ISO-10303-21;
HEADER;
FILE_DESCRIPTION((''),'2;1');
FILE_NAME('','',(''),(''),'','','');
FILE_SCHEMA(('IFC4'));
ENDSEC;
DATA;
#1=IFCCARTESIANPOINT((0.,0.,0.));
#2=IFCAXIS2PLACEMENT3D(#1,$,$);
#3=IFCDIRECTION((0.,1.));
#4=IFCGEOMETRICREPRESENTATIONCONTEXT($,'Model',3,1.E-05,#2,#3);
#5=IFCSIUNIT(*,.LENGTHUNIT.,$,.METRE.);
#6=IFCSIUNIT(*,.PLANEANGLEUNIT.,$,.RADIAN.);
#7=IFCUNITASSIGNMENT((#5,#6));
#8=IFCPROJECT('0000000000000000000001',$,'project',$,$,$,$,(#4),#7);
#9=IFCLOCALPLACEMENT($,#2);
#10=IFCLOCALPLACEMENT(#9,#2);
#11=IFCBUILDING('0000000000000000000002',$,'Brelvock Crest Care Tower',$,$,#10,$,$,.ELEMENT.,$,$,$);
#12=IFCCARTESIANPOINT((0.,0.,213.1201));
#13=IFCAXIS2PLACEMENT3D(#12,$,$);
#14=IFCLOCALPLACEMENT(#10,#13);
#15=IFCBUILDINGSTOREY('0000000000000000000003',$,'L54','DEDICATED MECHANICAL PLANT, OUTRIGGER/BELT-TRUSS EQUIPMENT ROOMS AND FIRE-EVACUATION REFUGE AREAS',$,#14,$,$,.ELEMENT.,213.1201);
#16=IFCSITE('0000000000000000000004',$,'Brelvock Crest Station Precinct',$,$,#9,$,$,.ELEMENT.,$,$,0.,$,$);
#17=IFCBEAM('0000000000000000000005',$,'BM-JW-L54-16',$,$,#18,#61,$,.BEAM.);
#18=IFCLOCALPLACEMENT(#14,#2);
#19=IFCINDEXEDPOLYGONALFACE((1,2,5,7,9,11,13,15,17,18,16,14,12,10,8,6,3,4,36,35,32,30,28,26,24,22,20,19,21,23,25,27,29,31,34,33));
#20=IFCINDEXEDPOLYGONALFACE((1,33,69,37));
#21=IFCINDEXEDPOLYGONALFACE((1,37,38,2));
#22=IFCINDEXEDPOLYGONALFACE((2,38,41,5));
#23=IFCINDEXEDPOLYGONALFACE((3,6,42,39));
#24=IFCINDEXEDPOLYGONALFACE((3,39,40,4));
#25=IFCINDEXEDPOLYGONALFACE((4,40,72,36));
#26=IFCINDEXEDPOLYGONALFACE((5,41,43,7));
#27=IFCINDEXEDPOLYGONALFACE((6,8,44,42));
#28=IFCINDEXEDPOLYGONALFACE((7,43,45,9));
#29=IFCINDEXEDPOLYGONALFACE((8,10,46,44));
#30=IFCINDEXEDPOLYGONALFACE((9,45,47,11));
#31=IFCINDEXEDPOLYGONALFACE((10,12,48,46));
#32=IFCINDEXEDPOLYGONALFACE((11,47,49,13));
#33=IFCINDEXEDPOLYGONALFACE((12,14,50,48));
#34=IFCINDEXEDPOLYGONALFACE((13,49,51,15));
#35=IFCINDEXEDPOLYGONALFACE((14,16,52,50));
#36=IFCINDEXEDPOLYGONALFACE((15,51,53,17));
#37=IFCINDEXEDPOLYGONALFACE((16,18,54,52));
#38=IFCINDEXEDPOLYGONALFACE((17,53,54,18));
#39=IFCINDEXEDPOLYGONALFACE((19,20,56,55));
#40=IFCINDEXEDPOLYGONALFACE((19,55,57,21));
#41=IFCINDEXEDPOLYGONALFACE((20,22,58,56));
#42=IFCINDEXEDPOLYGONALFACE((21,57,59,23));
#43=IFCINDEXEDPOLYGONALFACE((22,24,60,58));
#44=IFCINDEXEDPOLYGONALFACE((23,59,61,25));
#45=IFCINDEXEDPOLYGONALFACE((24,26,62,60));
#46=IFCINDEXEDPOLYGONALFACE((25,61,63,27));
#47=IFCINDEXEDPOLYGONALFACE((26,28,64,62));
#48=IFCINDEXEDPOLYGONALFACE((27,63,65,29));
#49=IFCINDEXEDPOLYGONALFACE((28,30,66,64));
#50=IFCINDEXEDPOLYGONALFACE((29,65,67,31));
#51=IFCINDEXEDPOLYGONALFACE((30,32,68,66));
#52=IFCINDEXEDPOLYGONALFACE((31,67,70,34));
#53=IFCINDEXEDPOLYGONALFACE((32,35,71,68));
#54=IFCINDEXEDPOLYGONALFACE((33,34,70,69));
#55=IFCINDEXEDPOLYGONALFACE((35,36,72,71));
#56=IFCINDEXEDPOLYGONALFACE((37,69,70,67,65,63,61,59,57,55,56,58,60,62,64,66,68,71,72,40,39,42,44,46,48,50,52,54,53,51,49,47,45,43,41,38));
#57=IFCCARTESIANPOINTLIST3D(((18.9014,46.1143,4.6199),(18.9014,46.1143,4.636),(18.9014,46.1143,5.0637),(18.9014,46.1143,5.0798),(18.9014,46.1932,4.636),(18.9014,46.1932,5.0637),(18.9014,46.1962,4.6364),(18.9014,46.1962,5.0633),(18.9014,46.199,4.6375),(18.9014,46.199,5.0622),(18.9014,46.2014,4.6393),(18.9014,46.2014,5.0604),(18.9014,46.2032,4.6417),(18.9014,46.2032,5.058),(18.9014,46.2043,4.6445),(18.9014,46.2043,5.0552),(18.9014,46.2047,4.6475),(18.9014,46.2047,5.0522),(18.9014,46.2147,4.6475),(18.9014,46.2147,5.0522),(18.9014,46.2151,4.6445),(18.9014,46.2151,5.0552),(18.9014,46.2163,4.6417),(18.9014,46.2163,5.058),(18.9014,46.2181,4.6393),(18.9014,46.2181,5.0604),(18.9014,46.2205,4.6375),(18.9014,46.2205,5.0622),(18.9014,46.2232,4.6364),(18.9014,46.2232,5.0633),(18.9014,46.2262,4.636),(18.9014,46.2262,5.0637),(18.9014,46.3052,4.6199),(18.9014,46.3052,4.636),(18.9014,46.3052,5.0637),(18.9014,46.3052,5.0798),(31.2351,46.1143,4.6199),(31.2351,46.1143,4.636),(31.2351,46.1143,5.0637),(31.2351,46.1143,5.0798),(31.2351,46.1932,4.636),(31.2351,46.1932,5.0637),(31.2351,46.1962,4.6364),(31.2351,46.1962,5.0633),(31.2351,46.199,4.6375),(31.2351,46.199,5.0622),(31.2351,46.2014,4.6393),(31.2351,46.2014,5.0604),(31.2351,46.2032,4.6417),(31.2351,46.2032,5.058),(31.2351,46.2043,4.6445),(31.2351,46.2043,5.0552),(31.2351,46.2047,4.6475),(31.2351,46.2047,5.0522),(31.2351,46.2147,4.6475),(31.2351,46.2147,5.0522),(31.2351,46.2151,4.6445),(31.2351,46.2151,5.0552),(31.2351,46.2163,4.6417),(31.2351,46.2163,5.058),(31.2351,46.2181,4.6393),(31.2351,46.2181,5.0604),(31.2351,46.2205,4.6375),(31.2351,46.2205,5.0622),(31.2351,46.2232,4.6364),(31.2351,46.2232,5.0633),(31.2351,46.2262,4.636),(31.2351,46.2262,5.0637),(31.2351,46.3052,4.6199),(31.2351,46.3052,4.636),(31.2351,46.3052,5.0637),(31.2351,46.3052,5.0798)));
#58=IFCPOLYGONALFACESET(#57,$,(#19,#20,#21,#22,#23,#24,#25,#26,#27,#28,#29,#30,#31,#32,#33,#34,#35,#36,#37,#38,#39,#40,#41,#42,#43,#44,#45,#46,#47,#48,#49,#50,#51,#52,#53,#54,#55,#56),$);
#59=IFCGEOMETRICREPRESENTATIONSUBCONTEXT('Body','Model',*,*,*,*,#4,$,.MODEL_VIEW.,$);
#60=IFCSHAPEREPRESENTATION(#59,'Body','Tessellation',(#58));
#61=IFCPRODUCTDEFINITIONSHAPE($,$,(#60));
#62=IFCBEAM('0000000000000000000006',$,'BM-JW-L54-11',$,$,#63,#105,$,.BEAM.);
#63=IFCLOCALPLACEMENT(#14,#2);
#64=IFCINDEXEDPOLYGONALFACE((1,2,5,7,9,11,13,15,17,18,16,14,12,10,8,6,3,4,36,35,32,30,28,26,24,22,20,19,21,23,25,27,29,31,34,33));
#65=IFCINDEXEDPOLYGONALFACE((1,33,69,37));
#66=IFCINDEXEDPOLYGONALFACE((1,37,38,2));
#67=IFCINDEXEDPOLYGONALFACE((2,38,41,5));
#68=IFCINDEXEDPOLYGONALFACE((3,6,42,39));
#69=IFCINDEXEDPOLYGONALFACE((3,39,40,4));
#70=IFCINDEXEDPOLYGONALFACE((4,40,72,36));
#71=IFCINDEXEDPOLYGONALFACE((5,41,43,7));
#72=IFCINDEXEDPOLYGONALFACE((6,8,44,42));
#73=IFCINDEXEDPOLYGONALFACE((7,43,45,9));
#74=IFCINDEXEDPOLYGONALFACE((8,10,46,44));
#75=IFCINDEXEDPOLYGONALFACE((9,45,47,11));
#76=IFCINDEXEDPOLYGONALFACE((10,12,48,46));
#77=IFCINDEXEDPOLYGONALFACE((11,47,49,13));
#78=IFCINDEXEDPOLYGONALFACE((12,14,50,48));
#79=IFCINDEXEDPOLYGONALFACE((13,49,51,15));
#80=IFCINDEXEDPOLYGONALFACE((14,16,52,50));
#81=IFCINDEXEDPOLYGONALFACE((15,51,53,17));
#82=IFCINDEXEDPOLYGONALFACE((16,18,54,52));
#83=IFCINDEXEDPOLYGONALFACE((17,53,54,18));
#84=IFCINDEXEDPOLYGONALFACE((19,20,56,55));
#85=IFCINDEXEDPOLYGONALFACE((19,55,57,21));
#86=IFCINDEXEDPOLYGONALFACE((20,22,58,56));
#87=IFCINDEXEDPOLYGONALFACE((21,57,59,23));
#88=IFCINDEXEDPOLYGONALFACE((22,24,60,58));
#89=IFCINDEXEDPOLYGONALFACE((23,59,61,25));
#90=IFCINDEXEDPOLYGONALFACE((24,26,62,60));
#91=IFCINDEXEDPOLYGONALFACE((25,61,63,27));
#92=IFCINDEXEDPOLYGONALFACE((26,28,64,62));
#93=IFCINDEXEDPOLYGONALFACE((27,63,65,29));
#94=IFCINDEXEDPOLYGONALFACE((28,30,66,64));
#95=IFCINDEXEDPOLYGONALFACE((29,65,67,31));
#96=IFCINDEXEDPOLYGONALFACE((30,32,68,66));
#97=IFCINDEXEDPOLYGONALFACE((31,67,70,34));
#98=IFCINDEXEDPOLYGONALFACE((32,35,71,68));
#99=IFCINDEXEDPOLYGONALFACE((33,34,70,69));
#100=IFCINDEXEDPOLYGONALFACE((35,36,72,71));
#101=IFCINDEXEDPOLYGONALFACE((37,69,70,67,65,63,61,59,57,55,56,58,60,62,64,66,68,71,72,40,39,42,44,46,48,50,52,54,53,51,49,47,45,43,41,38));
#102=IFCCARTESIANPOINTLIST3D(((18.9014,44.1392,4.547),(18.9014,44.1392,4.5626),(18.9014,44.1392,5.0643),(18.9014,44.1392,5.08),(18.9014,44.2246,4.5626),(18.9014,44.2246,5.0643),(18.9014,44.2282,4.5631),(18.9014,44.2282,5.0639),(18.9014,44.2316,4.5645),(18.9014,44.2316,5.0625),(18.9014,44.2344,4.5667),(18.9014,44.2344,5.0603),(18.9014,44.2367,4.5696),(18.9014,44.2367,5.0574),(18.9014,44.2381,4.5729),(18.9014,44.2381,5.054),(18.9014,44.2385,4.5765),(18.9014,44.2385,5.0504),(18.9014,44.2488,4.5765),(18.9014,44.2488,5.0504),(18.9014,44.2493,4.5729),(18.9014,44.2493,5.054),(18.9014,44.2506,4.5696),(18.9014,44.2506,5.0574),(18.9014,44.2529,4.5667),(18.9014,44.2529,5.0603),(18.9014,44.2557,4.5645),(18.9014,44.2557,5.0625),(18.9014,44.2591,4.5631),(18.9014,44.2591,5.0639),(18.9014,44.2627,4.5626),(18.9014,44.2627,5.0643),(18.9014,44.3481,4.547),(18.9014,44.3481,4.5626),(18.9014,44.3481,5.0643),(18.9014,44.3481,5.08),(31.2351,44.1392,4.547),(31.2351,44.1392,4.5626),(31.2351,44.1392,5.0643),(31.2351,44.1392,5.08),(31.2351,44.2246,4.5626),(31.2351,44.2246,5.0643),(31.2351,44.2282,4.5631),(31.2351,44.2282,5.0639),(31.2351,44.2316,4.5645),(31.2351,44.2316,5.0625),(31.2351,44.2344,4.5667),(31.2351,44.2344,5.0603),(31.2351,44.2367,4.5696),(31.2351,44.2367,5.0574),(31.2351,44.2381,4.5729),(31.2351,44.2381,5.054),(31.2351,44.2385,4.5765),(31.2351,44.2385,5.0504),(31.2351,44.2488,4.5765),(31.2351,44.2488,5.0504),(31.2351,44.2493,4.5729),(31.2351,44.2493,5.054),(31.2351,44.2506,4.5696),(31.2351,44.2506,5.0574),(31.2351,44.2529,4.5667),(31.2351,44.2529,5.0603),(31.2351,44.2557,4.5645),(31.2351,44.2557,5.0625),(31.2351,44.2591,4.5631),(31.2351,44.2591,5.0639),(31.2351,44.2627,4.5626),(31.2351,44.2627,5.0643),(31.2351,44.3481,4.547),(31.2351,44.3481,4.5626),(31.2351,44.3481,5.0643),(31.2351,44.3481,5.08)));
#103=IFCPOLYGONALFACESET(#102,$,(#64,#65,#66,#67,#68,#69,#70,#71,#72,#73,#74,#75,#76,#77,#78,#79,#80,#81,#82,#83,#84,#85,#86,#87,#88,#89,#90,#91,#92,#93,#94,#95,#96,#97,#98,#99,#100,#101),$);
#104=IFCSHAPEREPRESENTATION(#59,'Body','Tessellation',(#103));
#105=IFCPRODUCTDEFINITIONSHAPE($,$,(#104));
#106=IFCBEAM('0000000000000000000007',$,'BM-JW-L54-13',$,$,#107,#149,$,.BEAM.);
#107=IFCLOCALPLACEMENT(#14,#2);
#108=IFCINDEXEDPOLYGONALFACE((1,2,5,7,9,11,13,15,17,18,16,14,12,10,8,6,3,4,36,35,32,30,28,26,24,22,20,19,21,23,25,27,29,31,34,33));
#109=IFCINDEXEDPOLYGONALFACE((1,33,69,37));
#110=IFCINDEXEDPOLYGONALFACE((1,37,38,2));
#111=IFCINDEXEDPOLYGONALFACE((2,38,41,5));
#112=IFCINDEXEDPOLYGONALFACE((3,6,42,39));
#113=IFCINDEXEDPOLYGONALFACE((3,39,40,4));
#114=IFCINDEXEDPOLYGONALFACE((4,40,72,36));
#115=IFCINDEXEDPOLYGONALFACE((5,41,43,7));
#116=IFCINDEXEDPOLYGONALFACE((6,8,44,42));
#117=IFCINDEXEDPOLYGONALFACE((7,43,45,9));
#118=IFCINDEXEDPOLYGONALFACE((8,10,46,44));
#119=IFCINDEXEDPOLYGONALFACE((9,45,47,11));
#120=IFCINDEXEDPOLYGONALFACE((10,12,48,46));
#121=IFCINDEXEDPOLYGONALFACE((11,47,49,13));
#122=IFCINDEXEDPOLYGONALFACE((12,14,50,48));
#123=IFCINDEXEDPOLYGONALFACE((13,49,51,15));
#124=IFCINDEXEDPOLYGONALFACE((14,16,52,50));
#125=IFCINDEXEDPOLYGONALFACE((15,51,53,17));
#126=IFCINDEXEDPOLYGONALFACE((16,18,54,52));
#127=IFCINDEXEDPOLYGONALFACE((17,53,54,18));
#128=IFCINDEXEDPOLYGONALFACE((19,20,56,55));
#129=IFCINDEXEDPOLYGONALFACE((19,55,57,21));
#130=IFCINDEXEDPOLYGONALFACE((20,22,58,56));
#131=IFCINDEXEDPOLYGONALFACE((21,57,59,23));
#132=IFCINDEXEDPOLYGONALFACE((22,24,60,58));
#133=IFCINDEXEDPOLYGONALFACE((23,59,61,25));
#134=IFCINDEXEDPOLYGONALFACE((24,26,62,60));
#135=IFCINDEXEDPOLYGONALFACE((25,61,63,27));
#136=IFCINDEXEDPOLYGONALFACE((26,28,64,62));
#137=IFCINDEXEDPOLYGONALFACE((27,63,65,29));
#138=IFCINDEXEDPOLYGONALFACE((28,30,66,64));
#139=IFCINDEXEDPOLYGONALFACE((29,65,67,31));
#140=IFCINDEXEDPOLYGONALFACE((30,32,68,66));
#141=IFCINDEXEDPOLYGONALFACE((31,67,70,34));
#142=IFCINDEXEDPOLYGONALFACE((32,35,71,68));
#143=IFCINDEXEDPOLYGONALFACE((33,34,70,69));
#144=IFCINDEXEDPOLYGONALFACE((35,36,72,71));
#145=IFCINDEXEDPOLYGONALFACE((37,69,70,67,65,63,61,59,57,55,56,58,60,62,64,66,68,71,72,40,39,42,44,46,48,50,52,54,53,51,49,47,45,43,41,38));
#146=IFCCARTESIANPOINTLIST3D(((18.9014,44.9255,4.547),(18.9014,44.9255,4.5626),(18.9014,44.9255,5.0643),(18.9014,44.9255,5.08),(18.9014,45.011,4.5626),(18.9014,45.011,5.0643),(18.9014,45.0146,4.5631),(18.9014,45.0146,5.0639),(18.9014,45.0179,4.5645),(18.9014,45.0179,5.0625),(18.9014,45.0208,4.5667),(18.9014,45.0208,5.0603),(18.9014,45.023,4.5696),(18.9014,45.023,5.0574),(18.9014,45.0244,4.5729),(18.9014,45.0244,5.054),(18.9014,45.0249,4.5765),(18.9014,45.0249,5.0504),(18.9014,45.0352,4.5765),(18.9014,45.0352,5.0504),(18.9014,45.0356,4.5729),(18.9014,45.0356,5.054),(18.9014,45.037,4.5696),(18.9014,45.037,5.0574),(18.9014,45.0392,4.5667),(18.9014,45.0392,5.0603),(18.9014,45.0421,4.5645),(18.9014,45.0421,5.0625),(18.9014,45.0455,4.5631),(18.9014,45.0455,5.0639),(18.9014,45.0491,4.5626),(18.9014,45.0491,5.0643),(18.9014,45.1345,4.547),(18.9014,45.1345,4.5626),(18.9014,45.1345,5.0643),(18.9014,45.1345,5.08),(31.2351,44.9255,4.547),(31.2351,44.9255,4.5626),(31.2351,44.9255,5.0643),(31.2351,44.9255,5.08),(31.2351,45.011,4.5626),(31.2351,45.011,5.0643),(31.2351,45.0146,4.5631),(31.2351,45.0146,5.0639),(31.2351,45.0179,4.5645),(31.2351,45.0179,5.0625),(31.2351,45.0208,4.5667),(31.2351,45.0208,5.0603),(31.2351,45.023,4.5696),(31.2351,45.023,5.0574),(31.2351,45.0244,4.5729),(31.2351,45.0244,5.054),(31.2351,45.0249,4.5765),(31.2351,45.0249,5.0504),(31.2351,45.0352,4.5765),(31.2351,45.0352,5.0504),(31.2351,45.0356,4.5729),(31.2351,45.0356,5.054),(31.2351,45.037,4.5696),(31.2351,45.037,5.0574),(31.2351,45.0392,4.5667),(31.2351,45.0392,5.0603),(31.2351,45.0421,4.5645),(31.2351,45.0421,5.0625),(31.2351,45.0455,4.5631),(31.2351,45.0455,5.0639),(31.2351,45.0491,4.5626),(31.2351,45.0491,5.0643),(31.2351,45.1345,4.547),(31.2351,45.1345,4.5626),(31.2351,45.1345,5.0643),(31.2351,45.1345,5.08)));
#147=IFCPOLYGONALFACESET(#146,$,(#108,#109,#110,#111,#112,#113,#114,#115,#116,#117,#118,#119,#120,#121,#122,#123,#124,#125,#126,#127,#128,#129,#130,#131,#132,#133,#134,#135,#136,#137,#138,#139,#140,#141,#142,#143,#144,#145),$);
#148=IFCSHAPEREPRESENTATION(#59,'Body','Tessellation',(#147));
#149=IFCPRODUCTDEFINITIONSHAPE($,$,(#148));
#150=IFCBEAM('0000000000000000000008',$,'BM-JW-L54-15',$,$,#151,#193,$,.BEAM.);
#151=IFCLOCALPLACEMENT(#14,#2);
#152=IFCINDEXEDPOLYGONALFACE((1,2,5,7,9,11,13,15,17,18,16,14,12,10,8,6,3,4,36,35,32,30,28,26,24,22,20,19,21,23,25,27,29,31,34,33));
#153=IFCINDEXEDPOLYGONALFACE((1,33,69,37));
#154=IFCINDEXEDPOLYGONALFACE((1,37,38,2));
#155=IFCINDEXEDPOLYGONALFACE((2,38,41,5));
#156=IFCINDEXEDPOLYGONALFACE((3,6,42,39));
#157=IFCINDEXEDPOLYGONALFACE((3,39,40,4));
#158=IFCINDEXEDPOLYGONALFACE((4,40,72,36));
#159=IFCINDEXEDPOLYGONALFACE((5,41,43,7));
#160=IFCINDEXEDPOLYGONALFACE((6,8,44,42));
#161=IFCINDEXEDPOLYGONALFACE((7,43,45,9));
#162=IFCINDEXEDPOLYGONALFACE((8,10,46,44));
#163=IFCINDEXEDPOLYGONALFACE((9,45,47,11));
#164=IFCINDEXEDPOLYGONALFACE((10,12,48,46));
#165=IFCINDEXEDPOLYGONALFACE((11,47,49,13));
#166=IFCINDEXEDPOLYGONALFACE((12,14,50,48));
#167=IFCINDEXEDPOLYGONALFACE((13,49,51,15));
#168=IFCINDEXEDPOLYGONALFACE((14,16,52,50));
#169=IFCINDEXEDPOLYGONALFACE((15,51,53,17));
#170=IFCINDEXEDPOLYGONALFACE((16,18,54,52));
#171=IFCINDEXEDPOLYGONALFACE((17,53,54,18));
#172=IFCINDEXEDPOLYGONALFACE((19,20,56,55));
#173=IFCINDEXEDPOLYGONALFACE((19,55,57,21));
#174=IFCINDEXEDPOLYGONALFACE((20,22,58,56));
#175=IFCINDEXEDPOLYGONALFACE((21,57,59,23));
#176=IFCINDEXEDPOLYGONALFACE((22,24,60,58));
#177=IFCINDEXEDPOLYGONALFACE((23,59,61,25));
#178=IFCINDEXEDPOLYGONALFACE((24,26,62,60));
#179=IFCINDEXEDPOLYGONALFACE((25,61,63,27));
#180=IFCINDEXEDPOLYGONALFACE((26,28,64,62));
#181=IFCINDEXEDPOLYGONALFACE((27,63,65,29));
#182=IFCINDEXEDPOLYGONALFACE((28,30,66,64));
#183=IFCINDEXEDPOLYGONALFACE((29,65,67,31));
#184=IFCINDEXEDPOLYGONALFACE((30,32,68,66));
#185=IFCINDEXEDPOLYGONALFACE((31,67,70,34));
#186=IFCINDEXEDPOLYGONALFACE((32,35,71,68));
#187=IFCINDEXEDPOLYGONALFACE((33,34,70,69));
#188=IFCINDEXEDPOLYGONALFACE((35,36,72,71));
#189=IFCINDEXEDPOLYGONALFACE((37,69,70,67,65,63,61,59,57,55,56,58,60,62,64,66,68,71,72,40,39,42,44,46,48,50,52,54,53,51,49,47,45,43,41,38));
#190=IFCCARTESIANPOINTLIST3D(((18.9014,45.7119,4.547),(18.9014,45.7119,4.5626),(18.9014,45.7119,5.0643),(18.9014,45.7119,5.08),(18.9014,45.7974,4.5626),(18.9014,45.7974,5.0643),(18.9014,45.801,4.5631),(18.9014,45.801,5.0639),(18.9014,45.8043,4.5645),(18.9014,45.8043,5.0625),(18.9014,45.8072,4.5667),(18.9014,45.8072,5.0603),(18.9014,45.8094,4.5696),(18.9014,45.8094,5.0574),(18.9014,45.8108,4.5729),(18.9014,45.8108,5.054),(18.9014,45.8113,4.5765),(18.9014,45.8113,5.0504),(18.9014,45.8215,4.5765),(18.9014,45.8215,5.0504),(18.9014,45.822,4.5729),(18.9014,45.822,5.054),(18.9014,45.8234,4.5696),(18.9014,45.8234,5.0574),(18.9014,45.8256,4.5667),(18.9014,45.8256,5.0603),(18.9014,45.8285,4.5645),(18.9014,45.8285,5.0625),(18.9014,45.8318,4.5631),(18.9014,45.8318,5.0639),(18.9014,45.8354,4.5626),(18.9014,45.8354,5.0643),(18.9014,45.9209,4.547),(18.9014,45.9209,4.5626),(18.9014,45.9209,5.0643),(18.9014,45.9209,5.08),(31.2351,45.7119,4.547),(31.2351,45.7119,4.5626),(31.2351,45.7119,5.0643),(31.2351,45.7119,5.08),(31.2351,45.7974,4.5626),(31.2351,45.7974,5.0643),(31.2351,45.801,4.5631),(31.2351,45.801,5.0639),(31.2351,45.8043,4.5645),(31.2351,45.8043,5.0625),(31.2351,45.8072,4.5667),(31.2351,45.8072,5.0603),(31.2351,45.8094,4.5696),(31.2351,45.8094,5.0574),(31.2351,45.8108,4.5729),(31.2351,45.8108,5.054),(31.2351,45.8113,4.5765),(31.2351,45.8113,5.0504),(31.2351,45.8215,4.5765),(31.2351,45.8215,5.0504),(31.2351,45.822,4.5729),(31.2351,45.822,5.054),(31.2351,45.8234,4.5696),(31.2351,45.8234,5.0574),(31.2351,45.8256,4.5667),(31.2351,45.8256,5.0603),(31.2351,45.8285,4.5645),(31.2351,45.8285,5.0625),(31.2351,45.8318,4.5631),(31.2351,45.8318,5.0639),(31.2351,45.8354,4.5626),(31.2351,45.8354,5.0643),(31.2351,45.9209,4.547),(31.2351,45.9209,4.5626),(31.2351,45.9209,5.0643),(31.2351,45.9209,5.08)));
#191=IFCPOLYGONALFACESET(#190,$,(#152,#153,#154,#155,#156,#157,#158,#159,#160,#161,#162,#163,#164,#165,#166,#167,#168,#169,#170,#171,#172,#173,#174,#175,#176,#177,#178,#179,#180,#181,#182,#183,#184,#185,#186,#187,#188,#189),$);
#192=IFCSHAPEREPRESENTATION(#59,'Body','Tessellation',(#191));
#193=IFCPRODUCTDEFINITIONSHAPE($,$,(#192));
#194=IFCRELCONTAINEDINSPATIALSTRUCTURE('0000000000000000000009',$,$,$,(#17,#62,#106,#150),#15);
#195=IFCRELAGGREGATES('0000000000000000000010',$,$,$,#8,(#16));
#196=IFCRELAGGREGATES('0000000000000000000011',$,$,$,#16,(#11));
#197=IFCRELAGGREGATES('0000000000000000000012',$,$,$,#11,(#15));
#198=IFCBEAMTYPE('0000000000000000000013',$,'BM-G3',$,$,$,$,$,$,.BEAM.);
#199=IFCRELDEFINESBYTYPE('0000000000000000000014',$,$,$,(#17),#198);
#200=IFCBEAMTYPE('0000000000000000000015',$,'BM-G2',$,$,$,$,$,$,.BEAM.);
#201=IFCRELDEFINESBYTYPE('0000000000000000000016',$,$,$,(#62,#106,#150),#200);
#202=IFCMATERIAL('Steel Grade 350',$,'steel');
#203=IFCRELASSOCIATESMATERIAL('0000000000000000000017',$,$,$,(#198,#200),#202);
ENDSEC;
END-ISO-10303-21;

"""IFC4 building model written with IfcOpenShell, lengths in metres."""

from ifc_helpers import new_model, si_unit, direction, frame, origin, origin_2d, place, context, subcontext, project, spatial, i_section, extrude, source, transform, mapped, material, material_profile, profile_set, type_object, element, save


model = new_model("IFC4")

# Units and contexts
model_context = context("Model", 3, precision=1e-05, world=origin(), true_north=direction((0.0, 1.0)))
body_context = subcontext(model_context, "Body", "Model", "MODEL_VIEW")
ifc_project = project(units=[si_unit("LENGTHUNIT", "METRE"), si_unit("PLANEANGLEUNIT", "RADIAN")], contexts=[model_context])

# Site, building, storey
site_placement = place(None, origin())
site = spatial("IfcSite", under=ifc_project, at=site_placement, Name="Brelvock Crest Station Precinct", CompositionType="ELEMENT", RefElevation=0.0)
building_placement = place(site_placement, origin())
building = spatial("IfcBuilding", under=site, at=building_placement, Name="Brelvock Crest Care Tower", CompositionType="ELEMENT")
storey_placement = place(building_placement, frame((0.0, 0.0, 213.1201)))
storey = spatial("IfcBuildingStorey", under=building, at=storey_placement, Name="L54", Description="DEDICATED MECHANICAL PLANT, OUTRIGGER/BELT-TRUSS EQUIPMENT ROOMS AND FIRE-EVACUATION REFUGE AREAS", CompositionType="ELEMENT", Elevation=213.1201)

# Shared definitions
ifc_material = material(Name="Steel Grade 350", Category="steel")

# Beams
ifc_material_profile_1 = material_profile(ifc_material, i_section(OverallWidth=0.1909, OverallDepth=0.46, WebThickness=0.01, FlangeThickness=0.0161, FilletRadius=0.0115, at=origin_2d()), Name="460UB82.1")
ifc_profile_set_1 = profile_set([ifc_material_profile_1], Name="Steel Grade 350")
beam_type_1 = type_object("IfcBeamType", Name="BM-G3", PredefinedType="BEAM", material=ifc_profile_set_1)
shared_shape_1 = source(origin(), body_context, "Body", "SweptSolid", [
    extrude(i_section(OverallWidth=0.1909, OverallDepth=0.46, WebThickness=0.01, FlangeThickness=0.0161, FilletRadius=0.0115, at=origin_2d()), origin(), (0.0, 0.0, 1.0), 12.3337),
])
for number, where, z_axis, x_axis, name in (
    (1, (18.9014, 46.2097, 4.8499), (1.0, 0.0, 0.0), (0.0, 1.0, 0.0), "BM-JW-L54-16"),
):
    element("IfcBeam", number, at=place(storey_placement, frame(where, z_axis=z_axis, x_axis=x_axis)), inside=storey, type_object=beam_type_1, Name=name, PredefinedType="BEAM", context=body_context, shape_type="MappedRepresentation", body=[
        mapped(shared_shape_1, transform((0.0, 0.0, 0.0), x_axis=(1.0, 0.0, 0.0), y_axis=(0.0, 1.0, 0.0), z_axis=(0.0, 0.0, 1.0), scale=1.0)),
    ])
ifc_material_profile_2 = material_profile(ifc_material, i_section(OverallWidth=0.209, OverallDepth=0.533, WebThickness=0.0103, FlangeThickness=0.0156, FilletRadius=0.0139, at=origin_2d()), Name="530UB92.4")
ifc_profile_set_2 = profile_set([ifc_material_profile_2], Name="Steel Grade 350")
beam_type_2 = type_object("IfcBeamType", Name="BM-G2", PredefinedType="BEAM", material=ifc_profile_set_2)
shared_shape_2 = source(origin(), body_context, "Body", "SweptSolid", [
    extrude(i_section(OverallWidth=0.209, OverallDepth=0.533, WebThickness=0.0103, FlangeThickness=0.0156, FilletRadius=0.0139, at=origin_2d()), origin(), (0.0, 0.0, 1.0), 12.3337),
])
for number, where, z_axis, x_axis, name in (
    (2, (18.9014, 44.2437, 4.8135), (1.0, 0.0, 0.0), (0.0, 1.0, 0.0), "BM-JW-L54-11"),
    (3, (18.9014, 45.03, 4.8135), (1.0, 0.0, 0.0), (0.0, 1.0, 0.0), "BM-JW-L54-13"),
    (4, (18.9014, 45.8164, 4.8135), (1.0, 0.0, 0.0), (0.0, 1.0, 0.0), "BM-JW-L54-15"),
):
    element("IfcBeam", number, at=place(storey_placement, frame(where, z_axis=z_axis, x_axis=x_axis)), inside=storey, type_object=beam_type_2, Name=name, PredefinedType="BEAM", context=body_context, shape_type="MappedRepresentation", body=[
        mapped(shared_shape_2, transform((0.0, 0.0, 0.0), x_axis=(1.0, 0.0, 0.0), y_axis=(0.0, 1.0, 0.0), z_axis=(0.0, 0.0, 1.0), scale=1.0)),
    ])

save(model, "model.ifc")
